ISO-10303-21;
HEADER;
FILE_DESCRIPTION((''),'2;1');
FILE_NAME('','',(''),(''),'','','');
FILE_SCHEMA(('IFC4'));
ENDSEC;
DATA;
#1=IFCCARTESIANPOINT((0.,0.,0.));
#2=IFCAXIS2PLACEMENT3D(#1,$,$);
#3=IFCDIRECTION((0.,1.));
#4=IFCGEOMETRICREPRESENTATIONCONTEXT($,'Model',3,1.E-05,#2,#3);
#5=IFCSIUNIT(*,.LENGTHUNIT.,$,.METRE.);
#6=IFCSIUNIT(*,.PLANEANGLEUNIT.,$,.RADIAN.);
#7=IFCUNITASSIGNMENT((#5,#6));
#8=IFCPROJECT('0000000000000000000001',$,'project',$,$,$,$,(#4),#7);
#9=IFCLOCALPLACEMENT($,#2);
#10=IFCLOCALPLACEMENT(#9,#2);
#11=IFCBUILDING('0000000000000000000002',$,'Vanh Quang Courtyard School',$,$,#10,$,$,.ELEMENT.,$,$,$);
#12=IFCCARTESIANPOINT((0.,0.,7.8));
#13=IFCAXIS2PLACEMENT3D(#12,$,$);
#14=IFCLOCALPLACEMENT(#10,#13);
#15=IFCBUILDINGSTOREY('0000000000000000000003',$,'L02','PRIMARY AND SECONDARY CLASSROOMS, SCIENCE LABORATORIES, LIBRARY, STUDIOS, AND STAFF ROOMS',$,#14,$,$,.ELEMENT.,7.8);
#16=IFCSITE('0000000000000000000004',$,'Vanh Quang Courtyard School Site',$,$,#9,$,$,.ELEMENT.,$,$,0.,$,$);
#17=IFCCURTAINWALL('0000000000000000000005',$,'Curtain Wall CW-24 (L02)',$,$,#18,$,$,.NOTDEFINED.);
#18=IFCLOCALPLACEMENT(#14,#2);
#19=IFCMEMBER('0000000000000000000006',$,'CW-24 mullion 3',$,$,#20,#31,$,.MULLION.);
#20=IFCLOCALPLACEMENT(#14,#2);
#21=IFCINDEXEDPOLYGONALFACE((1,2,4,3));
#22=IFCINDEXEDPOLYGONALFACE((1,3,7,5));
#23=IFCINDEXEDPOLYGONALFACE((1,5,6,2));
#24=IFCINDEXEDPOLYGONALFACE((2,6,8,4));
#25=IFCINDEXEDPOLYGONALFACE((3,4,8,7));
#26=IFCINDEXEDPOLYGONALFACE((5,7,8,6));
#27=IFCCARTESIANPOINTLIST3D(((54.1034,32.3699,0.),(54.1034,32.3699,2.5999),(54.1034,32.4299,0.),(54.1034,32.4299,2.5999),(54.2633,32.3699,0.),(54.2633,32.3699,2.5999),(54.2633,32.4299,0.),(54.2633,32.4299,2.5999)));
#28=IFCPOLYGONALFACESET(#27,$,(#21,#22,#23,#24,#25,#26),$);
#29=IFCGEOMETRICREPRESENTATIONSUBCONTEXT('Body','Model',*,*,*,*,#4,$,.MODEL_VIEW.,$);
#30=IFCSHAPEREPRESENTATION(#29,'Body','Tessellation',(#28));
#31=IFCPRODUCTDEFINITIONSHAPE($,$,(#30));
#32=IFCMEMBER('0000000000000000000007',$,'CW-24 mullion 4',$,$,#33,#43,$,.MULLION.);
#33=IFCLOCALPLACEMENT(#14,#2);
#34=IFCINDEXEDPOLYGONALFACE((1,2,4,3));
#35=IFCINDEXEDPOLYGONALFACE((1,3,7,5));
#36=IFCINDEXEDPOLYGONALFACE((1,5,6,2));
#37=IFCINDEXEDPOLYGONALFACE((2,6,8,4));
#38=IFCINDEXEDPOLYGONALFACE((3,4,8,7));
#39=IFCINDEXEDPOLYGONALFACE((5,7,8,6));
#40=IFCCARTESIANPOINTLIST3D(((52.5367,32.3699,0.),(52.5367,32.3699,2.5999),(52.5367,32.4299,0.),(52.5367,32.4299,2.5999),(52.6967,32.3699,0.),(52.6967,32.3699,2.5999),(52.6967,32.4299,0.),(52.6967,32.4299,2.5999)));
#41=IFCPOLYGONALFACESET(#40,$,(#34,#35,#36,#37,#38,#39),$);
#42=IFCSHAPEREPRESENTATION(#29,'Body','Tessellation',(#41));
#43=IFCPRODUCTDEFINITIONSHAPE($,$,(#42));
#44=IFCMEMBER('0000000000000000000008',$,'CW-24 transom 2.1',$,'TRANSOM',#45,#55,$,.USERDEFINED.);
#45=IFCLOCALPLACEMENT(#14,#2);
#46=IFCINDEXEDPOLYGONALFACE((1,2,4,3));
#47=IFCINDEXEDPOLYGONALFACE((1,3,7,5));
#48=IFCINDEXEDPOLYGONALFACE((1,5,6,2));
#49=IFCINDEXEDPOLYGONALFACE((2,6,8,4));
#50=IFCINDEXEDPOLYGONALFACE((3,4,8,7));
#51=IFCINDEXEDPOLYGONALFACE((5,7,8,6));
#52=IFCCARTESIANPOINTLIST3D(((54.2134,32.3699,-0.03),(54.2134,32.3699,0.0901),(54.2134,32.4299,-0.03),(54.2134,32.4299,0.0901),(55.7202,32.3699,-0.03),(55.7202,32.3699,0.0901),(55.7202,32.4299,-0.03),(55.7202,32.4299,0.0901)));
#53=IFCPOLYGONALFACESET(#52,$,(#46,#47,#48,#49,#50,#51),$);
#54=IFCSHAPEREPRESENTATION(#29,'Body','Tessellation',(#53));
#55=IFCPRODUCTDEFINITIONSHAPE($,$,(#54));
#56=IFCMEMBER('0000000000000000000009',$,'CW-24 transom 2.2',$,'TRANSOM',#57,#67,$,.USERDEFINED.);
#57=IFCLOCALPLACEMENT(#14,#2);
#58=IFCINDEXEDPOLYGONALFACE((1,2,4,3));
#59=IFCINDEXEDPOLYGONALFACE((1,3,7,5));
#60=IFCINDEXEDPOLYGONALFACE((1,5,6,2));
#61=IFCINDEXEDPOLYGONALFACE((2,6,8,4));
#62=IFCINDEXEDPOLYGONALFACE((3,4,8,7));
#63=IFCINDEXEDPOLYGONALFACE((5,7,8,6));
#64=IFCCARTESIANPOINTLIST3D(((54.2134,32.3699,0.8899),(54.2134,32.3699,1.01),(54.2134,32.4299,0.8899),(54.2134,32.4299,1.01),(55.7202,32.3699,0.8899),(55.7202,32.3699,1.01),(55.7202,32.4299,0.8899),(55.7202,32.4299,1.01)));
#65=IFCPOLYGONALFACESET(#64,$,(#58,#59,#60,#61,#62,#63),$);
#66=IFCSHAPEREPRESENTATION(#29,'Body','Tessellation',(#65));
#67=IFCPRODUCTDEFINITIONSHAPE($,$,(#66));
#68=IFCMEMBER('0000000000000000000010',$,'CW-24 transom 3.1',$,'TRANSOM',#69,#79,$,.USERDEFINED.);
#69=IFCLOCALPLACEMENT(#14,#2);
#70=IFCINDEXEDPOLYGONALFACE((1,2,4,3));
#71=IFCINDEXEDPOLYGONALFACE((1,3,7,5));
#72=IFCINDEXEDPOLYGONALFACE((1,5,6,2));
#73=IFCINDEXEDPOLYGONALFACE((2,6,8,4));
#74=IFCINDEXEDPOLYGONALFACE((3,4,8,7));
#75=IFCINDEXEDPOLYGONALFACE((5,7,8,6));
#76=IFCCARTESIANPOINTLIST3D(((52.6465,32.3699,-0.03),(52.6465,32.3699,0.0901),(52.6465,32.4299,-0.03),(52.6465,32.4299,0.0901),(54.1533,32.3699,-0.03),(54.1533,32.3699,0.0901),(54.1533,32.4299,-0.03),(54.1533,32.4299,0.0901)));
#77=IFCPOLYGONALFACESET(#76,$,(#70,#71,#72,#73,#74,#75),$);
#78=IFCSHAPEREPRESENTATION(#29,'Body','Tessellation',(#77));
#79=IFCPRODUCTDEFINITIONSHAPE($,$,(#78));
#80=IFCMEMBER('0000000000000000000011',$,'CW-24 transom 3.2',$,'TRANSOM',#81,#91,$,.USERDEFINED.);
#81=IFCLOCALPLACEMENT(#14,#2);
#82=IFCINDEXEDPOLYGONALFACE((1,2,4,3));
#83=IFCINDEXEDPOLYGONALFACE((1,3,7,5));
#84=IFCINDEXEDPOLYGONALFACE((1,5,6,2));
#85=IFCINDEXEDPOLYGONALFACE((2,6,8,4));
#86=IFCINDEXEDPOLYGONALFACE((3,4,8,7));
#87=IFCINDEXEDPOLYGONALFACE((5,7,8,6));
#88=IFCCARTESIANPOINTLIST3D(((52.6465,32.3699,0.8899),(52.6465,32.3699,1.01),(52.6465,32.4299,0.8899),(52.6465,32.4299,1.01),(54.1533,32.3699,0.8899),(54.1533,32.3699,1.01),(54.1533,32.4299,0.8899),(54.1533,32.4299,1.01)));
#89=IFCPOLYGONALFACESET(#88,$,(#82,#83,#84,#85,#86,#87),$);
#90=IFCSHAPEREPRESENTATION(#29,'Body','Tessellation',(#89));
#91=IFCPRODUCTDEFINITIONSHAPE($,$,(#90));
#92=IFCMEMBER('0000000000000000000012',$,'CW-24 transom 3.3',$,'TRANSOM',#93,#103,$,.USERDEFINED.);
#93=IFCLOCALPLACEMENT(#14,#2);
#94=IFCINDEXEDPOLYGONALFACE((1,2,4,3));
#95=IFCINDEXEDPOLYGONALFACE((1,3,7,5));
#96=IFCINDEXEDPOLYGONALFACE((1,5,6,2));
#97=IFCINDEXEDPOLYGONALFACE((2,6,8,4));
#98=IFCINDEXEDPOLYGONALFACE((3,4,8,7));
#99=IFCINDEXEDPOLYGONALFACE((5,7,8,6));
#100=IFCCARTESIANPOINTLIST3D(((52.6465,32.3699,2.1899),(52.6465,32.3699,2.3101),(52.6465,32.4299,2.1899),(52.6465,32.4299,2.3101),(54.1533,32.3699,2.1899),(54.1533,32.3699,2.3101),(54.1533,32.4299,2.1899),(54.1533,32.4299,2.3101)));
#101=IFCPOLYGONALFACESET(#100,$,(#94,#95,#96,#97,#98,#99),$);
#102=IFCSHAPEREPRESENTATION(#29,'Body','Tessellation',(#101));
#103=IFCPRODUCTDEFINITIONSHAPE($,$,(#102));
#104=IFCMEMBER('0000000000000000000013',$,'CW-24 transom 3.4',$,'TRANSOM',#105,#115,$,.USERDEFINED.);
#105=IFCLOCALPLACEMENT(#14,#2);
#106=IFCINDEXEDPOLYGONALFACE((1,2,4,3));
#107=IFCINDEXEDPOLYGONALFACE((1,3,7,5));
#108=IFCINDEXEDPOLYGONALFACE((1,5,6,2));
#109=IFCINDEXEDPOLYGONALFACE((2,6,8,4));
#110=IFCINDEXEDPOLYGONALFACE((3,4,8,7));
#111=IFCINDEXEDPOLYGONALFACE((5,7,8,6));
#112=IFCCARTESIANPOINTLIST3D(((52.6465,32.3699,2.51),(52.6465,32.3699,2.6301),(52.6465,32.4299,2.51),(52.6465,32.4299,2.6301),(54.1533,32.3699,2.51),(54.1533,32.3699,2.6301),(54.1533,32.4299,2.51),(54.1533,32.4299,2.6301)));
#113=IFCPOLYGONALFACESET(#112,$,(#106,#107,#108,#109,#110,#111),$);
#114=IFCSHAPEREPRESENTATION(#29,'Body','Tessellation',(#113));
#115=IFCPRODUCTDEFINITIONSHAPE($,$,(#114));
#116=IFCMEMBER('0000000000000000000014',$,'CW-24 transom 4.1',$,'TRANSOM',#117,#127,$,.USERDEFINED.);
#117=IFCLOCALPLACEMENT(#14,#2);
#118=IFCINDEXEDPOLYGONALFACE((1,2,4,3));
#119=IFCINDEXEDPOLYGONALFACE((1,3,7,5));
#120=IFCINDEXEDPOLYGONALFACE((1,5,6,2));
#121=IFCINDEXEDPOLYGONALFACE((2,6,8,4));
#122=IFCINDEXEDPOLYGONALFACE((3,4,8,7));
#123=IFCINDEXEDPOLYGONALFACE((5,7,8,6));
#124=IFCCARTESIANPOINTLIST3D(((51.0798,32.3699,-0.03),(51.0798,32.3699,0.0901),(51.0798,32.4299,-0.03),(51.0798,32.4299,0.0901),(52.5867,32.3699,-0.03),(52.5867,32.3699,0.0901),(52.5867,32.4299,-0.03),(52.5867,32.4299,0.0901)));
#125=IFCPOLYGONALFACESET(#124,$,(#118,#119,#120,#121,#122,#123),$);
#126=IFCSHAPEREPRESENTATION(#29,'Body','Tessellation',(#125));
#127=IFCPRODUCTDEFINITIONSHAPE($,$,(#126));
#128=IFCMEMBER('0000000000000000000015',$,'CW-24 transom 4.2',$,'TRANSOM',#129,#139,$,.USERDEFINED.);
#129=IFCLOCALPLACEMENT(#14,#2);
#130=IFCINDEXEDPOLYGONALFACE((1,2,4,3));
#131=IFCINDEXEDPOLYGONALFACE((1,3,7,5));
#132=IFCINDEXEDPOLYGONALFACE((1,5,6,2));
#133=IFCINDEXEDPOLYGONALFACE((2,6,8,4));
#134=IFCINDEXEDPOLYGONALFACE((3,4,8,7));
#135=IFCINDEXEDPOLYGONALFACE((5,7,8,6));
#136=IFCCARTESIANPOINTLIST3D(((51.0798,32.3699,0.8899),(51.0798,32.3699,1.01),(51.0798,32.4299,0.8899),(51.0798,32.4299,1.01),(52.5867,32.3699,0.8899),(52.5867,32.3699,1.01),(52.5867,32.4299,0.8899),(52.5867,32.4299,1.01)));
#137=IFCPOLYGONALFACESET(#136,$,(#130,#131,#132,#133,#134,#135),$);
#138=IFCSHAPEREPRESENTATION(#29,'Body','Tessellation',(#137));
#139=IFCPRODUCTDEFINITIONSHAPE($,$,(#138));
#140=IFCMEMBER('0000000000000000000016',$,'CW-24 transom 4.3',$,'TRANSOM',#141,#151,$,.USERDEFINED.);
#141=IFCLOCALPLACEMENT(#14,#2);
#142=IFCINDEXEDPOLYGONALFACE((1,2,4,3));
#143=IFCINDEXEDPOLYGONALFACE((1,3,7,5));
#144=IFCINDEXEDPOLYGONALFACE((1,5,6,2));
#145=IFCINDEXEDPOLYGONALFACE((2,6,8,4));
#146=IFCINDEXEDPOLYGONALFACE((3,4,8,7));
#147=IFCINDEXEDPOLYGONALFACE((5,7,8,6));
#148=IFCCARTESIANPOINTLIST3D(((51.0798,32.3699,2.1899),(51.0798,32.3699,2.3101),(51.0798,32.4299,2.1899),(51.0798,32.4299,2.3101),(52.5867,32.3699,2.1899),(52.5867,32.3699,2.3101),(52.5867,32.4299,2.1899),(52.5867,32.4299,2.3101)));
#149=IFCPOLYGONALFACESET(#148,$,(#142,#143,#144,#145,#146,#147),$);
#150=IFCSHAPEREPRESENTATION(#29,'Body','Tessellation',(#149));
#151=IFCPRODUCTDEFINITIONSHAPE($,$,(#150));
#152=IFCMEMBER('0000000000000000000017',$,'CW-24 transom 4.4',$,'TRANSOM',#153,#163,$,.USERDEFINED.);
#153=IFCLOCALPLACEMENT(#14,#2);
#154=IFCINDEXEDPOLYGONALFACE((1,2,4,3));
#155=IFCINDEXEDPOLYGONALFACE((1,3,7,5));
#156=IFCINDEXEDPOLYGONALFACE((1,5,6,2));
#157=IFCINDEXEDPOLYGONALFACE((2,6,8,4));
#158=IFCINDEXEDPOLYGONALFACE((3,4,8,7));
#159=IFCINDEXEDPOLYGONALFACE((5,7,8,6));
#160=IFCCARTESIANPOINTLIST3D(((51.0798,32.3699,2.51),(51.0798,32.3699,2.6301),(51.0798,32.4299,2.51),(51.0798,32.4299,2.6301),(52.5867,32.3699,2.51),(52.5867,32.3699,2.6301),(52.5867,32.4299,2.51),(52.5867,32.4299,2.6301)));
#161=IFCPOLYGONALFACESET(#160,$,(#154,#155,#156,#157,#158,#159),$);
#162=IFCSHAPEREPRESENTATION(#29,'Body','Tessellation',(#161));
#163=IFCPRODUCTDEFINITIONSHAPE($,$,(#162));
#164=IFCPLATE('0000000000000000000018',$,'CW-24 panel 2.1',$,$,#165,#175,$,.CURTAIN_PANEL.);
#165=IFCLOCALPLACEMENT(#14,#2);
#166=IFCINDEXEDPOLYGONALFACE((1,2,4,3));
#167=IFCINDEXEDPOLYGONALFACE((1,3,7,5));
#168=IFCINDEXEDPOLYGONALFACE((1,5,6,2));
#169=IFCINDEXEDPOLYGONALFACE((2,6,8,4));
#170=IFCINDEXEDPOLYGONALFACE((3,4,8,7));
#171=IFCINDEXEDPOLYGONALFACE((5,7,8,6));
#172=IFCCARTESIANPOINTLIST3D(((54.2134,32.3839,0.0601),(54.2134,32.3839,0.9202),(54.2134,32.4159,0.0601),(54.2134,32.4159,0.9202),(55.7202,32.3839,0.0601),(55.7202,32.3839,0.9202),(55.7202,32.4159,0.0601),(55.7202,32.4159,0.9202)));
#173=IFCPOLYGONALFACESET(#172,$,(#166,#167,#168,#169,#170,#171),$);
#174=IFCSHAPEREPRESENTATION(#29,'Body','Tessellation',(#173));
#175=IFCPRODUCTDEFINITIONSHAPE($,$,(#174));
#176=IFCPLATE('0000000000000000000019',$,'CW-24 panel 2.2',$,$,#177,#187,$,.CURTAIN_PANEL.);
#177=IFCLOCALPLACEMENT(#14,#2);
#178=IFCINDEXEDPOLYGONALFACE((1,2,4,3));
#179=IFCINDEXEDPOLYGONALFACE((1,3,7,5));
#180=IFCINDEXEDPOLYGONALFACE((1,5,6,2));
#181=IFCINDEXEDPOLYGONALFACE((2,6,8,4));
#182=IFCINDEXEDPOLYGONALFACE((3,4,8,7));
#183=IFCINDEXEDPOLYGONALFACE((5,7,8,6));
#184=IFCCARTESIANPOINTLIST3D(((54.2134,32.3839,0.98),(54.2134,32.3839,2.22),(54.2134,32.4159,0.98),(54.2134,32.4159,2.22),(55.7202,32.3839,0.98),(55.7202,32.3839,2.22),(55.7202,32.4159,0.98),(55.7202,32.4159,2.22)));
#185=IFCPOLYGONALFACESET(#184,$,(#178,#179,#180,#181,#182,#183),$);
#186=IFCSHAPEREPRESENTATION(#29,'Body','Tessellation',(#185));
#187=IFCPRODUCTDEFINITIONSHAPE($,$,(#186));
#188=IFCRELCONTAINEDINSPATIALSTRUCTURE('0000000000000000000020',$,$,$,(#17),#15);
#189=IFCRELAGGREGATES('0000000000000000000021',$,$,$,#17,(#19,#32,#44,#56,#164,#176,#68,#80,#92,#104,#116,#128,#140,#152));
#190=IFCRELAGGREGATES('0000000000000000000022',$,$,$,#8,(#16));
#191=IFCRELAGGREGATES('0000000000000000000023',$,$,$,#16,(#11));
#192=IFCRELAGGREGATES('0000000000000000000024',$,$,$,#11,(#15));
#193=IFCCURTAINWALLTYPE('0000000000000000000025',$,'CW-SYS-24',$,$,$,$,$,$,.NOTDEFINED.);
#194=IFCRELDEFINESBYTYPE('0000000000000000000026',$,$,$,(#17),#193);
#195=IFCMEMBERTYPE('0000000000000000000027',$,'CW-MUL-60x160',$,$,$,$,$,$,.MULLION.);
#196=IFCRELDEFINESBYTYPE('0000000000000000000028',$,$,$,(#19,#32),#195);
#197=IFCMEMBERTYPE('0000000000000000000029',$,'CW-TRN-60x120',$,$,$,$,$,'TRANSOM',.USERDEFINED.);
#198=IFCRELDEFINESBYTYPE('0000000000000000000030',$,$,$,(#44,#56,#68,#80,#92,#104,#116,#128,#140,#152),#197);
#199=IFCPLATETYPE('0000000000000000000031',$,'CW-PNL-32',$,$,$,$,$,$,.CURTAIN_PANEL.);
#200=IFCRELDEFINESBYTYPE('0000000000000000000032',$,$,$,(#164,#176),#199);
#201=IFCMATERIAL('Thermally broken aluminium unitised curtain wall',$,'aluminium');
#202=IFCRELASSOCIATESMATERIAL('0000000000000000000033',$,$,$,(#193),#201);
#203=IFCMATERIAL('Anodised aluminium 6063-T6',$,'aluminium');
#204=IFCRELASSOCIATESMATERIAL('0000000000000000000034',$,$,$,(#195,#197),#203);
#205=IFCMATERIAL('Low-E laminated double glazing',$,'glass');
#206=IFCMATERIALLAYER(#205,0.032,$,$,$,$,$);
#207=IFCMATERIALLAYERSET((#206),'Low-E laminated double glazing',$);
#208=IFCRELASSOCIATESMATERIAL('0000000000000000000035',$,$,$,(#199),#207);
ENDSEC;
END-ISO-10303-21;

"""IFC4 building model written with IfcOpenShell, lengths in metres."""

from ifc_helpers import new_model, si_unit, direction, frame, origin, origin_2d, place, context, subcontext, project, spatial, rectangle, extrude, material, layer, layer_set, material_profile, profile_set, type_object, element, aggregate, save


model = new_model("IFC4")

# Units and contexts
model_context = context("Model", 3, precision=1e-05, world=origin(), true_north=direction((0.0, 1.0)))
body_context = subcontext(model_context, "Body", "Model", "MODEL_VIEW")
ifc_project = project(units=[si_unit("LENGTHUNIT", "METRE"), si_unit("PLANEANGLEUNIT", "RADIAN")], contexts=[model_context])

# Site, building, storey
site_placement = place(None, origin())
site = spatial("IfcSite", under=ifc_project, at=site_placement, Name="Vanh Quang Courtyard School Site", CompositionType="ELEMENT", RefElevation=0.0)
building_placement = place(site_placement, origin())
building = spatial("IfcBuilding", under=site, at=building_placement, Name="Vanh Quang Courtyard School", CompositionType="ELEMENT")
storey_placement = place(building_placement, frame((0.0, 0.0, 7.8)))
storey = spatial("IfcBuildingStorey", under=building, at=storey_placement, Name="L02", Description="PRIMARY AND SECONDARY CLASSROOMS, SCIENCE LABORATORIES, LIBRARY, STUDIOS, AND STAFF ROOMS", CompositionType="ELEMENT", Elevation=7.8)

# Curtain wall, members, plates
ifc_material_1 = material(Name="Thermally broken aluminium unitised curtain wall", Category="aluminium")
curtain_wall_type = type_object("IfcCurtainWallType", Name="CW-SYS-24", PredefinedType="NOTDEFINED", material=ifc_material_1)
curtain_wall_placement = place(storey_placement, origin())
curtain_wall = element("IfcCurtainWall", 1, at=curtain_wall_placement, inside=storey, type_object=curtain_wall_type, Name="Curtain Wall CW-24 (L02)", PredefinedType="NOTDEFINED")
ifc_material_2 = material(Name="Anodised aluminium 6063-T6", Category="aluminium")
ifc_material_profile_1 = material_profile(ifc_material_2, rectangle(XDim=0.0601, YDim=0.1599, at=origin_2d()), Name="ALU-MUL 60x160")
ifc_profile_set_1 = profile_set([ifc_material_profile_1], Name="Anodised aluminium 6063-T6")
member_type_1 = type_object("IfcMemberType", Name="CW-MUL-60x160", PredefinedType="MULLION", material=ifc_profile_set_1)
member_1_placement = place(storey_placement, frame((54.1833, 32.3999, 0.0), z_axis=(0.0, 0.0, 1.0), x_axis=(0.0, -1.0, 0.0)))
member_1 = element("IfcMember", 2, at=member_1_placement, type_object=member_type_1, Name="CW-24 mullion 3", PredefinedType="MULLION", context=body_context, shape_type="SweptSolid", body=[
    extrude(rectangle(XDim=0.0601, YDim=0.1599, at=origin_2d()), origin(), (0.0, 0.0, 1.0), 2.5999),
])
member_2_placement = place(storey_placement, frame((52.6167, 32.3999, 0.0), z_axis=(0.0, 0.0, 1.0), x_axis=(0.0, -1.0, 0.0)))
member_2 = element("IfcMember", 3, at=member_2_placement, type_object=member_type_1, Name="CW-24 mullion 4", PredefinedType="MULLION", context=body_context, shape_type="SweptSolid", body=[
    extrude(rectangle(XDim=0.0601, YDim=0.1599, at=origin_2d()), origin(), (0.0, 0.0, 1.0), 2.5999),
])
ifc_material_profile_2 = material_profile(ifc_material_2, rectangle(XDim=0.0601, YDim=0.1201, at=origin_2d()), Name="ALU-TRN 60x120")
ifc_profile_set_2 = profile_set([ifc_material_profile_2], Name="Anodised aluminium 6063-T6")
member_type_2 = type_object("IfcMemberType", Name="CW-TRN-60x120", ElementType="TRANSOM", PredefinedType="USERDEFINED", material=ifc_profile_set_2)
member_3_placement = place(storey_placement, frame((55.7202, 32.3999, 0.03), z_axis=(-1.0, 0.0, 0.0), x_axis=(0.0, -1.0, 0.0)))
member_3 = element("IfcMember", 4, at=member_3_placement, type_object=member_type_2, Name="CW-24 transom 2.1", ObjectType="TRANSOM", PredefinedType="USERDEFINED", context=body_context, shape_type="SweptSolid", body=[
    extrude(rectangle(XDim=0.0601, YDim=0.1201, at=origin_2d()), origin(), (0.0, 0.0, 1.0), 1.5068),
])
member_4_placement = place(storey_placement, frame((55.7202, 32.3999, 0.95), z_axis=(-1.0, 0.0, 0.0), x_axis=(0.0, -1.0, 0.0)))
member_4 = element("IfcMember", 5, at=member_4_placement, type_object=member_type_2, Name="CW-24 transom 2.2", ObjectType="TRANSOM", PredefinedType="USERDEFINED", context=body_context, shape_type="SweptSolid", body=[
    extrude(rectangle(XDim=0.0601, YDim=0.1201, at=origin_2d()), origin(), (0.0, 0.0, 1.0), 1.5068),
])
member_5_placement = place(storey_placement, frame((54.1533, 32.3999, 0.03), z_axis=(-1.0, 0.0, 0.0), x_axis=(0.0, -1.0, 0.0)))
member_5 = element("IfcMember", 6, at=member_5_placement, type_object=member_type_2, Name="CW-24 transom 3.1", ObjectType="TRANSOM", PredefinedType="USERDEFINED", context=body_context, shape_type="SweptSolid", body=[
    extrude(rectangle(XDim=0.0601, YDim=0.1201, at=origin_2d()), origin(), (0.0, 0.0, 1.0), 1.5068),
])
member_6_placement = place(storey_placement, frame((54.1533, 32.3999, 0.95), z_axis=(-1.0, 0.0, 0.0), x_axis=(0.0, -1.0, 0.0)))
member_6 = element("IfcMember", 7, at=member_6_placement, type_object=member_type_2, Name="CW-24 transom 3.2", ObjectType="TRANSOM", PredefinedType="USERDEFINED", context=body_context, shape_type="SweptSolid", body=[
    extrude(rectangle(XDim=0.0601, YDim=0.1201, at=origin_2d()), origin(), (0.0, 0.0, 1.0), 1.5068),
])
member_7_placement = place(storey_placement, frame((54.1533, 32.3999, 2.25), z_axis=(-1.0, 0.0, 0.0), x_axis=(0.0, -1.0, 0.0)))
member_7 = element("IfcMember", 8, at=member_7_placement, type_object=member_type_2, Name="CW-24 transom 3.3", ObjectType="TRANSOM", PredefinedType="USERDEFINED", context=body_context, shape_type="SweptSolid", body=[
    extrude(rectangle(XDim=0.0601, YDim=0.1201, at=origin_2d()), origin(), (0.0, 0.0, 1.0), 1.5068),
])
member_8_placement = place(storey_placement, frame((54.1533, 32.3999, 2.5701), z_axis=(-1.0, 0.0, 0.0), x_axis=(0.0, -1.0, 0.0)))
member_8 = element("IfcMember", 9, at=member_8_placement, type_object=member_type_2, Name="CW-24 transom 3.4", ObjectType="TRANSOM", PredefinedType="USERDEFINED", context=body_context, shape_type="SweptSolid", body=[
    extrude(rectangle(XDim=0.0601, YDim=0.1201, at=origin_2d()), origin(), (0.0, 0.0, 1.0), 1.5068),
])
member_9_placement = place(storey_placement, frame((52.5867, 32.3999, 0.03), z_axis=(-1.0, 0.0, 0.0), x_axis=(0.0, -1.0, 0.0)))
member_9 = element("IfcMember", 10, at=member_9_placement, type_object=member_type_2, Name="CW-24 transom 4.1", ObjectType="TRANSOM", PredefinedType="USERDEFINED", context=body_context, shape_type="SweptSolid", body=[
    extrude(rectangle(XDim=0.0601, YDim=0.1201, at=origin_2d()), origin(), (0.0, 0.0, 1.0), 1.5068),
])
member_10_placement = place(storey_placement, frame((52.5867, 32.3999, 0.95), z_axis=(-1.0, 0.0, 0.0), x_axis=(0.0, -1.0, 0.0)))
member_10 = element("IfcMember", 11, at=member_10_placement, type_object=member_type_2, Name="CW-24 transom 4.2", ObjectType="TRANSOM", PredefinedType="USERDEFINED", context=body_context, shape_type="SweptSolid", body=[
    extrude(rectangle(XDim=0.0601, YDim=0.1201, at=origin_2d()), origin(), (0.0, 0.0, 1.0), 1.5068),
])
member_11_placement = place(storey_placement, frame((52.5867, 32.3999, 2.25), z_axis=(-1.0, 0.0, 0.0), x_axis=(0.0, -1.0, 0.0)))
member_11 = element("IfcMember", 12, at=member_11_placement, type_object=member_type_2, Name="CW-24 transom 4.3", ObjectType="TRANSOM", PredefinedType="USERDEFINED", context=body_context, shape_type="SweptSolid", body=[
    extrude(rectangle(XDim=0.0601, YDim=0.1201, at=origin_2d()), origin(), (0.0, 0.0, 1.0), 1.5068),
])
member_12_placement = place(storey_placement, frame((52.5867, 32.3999, 2.5701), z_axis=(-1.0, 0.0, 0.0), x_axis=(0.0, -1.0, 0.0)))
member_12 = element("IfcMember", 13, at=member_12_placement, type_object=member_type_2, Name="CW-24 transom 4.4", ObjectType="TRANSOM", PredefinedType="USERDEFINED", context=body_context, shape_type="SweptSolid", body=[
    extrude(rectangle(XDim=0.0601, YDim=0.1201, at=origin_2d()), origin(), (0.0, 0.0, 1.0), 1.5068),
])
ifc_material_3 = material(Name="Low-E laminated double glazing", Category="glass")
ifc_layer_1 = layer(ifc_material_3, 0.032)
ifc_layer_set_1 = layer_set([ifc_layer_1], Name="Low-E laminated double glazing")
plate_type = type_object("IfcPlateType", Name="CW-PNL-32", PredefinedType="CURTAIN_PANEL", material=ifc_layer_set_1)
plate_1_placement = place(storey_placement, frame((54.9668, 32.3999, 0.0601), z_axis=(0.0, 0.0, 1.0), x_axis=(-1.0, 0.0, 0.0)))
plate_1 = element("IfcPlate", 14, at=plate_1_placement, type_object=plate_type, Name="CW-24 panel 2.1", PredefinedType="CURTAIN_PANEL", context=body_context, shape_type="SweptSolid", body=[
    extrude(rectangle(XDim=1.5068, YDim=0.032, at=origin_2d()), origin(), (0.0, 0.0, 1.0), 0.8601),
])
plate_2_placement = place(storey_placement, frame((54.9668, 32.3999, 0.98), z_axis=(0.0, 0.0, 1.0), x_axis=(-1.0, 0.0, 0.0)))
plate_2 = element("IfcPlate", 15, at=plate_2_placement, type_object=plate_type, Name="CW-24 panel 2.2", PredefinedType="CURTAIN_PANEL", context=body_context, shape_type="SweptSolid", body=[
    extrude(rectangle(XDim=1.5068, YDim=0.032, at=origin_2d()), origin(), (0.0, 0.0, 1.0), 1.24),
])
aggregate(curtain_wall, [member_1, member_2, member_3, member_4, plate_1, plate_2, member_5, member_6, member_7, member_8, member_9, member_10, member_11, member_12])

save(model, "model.ifc")
